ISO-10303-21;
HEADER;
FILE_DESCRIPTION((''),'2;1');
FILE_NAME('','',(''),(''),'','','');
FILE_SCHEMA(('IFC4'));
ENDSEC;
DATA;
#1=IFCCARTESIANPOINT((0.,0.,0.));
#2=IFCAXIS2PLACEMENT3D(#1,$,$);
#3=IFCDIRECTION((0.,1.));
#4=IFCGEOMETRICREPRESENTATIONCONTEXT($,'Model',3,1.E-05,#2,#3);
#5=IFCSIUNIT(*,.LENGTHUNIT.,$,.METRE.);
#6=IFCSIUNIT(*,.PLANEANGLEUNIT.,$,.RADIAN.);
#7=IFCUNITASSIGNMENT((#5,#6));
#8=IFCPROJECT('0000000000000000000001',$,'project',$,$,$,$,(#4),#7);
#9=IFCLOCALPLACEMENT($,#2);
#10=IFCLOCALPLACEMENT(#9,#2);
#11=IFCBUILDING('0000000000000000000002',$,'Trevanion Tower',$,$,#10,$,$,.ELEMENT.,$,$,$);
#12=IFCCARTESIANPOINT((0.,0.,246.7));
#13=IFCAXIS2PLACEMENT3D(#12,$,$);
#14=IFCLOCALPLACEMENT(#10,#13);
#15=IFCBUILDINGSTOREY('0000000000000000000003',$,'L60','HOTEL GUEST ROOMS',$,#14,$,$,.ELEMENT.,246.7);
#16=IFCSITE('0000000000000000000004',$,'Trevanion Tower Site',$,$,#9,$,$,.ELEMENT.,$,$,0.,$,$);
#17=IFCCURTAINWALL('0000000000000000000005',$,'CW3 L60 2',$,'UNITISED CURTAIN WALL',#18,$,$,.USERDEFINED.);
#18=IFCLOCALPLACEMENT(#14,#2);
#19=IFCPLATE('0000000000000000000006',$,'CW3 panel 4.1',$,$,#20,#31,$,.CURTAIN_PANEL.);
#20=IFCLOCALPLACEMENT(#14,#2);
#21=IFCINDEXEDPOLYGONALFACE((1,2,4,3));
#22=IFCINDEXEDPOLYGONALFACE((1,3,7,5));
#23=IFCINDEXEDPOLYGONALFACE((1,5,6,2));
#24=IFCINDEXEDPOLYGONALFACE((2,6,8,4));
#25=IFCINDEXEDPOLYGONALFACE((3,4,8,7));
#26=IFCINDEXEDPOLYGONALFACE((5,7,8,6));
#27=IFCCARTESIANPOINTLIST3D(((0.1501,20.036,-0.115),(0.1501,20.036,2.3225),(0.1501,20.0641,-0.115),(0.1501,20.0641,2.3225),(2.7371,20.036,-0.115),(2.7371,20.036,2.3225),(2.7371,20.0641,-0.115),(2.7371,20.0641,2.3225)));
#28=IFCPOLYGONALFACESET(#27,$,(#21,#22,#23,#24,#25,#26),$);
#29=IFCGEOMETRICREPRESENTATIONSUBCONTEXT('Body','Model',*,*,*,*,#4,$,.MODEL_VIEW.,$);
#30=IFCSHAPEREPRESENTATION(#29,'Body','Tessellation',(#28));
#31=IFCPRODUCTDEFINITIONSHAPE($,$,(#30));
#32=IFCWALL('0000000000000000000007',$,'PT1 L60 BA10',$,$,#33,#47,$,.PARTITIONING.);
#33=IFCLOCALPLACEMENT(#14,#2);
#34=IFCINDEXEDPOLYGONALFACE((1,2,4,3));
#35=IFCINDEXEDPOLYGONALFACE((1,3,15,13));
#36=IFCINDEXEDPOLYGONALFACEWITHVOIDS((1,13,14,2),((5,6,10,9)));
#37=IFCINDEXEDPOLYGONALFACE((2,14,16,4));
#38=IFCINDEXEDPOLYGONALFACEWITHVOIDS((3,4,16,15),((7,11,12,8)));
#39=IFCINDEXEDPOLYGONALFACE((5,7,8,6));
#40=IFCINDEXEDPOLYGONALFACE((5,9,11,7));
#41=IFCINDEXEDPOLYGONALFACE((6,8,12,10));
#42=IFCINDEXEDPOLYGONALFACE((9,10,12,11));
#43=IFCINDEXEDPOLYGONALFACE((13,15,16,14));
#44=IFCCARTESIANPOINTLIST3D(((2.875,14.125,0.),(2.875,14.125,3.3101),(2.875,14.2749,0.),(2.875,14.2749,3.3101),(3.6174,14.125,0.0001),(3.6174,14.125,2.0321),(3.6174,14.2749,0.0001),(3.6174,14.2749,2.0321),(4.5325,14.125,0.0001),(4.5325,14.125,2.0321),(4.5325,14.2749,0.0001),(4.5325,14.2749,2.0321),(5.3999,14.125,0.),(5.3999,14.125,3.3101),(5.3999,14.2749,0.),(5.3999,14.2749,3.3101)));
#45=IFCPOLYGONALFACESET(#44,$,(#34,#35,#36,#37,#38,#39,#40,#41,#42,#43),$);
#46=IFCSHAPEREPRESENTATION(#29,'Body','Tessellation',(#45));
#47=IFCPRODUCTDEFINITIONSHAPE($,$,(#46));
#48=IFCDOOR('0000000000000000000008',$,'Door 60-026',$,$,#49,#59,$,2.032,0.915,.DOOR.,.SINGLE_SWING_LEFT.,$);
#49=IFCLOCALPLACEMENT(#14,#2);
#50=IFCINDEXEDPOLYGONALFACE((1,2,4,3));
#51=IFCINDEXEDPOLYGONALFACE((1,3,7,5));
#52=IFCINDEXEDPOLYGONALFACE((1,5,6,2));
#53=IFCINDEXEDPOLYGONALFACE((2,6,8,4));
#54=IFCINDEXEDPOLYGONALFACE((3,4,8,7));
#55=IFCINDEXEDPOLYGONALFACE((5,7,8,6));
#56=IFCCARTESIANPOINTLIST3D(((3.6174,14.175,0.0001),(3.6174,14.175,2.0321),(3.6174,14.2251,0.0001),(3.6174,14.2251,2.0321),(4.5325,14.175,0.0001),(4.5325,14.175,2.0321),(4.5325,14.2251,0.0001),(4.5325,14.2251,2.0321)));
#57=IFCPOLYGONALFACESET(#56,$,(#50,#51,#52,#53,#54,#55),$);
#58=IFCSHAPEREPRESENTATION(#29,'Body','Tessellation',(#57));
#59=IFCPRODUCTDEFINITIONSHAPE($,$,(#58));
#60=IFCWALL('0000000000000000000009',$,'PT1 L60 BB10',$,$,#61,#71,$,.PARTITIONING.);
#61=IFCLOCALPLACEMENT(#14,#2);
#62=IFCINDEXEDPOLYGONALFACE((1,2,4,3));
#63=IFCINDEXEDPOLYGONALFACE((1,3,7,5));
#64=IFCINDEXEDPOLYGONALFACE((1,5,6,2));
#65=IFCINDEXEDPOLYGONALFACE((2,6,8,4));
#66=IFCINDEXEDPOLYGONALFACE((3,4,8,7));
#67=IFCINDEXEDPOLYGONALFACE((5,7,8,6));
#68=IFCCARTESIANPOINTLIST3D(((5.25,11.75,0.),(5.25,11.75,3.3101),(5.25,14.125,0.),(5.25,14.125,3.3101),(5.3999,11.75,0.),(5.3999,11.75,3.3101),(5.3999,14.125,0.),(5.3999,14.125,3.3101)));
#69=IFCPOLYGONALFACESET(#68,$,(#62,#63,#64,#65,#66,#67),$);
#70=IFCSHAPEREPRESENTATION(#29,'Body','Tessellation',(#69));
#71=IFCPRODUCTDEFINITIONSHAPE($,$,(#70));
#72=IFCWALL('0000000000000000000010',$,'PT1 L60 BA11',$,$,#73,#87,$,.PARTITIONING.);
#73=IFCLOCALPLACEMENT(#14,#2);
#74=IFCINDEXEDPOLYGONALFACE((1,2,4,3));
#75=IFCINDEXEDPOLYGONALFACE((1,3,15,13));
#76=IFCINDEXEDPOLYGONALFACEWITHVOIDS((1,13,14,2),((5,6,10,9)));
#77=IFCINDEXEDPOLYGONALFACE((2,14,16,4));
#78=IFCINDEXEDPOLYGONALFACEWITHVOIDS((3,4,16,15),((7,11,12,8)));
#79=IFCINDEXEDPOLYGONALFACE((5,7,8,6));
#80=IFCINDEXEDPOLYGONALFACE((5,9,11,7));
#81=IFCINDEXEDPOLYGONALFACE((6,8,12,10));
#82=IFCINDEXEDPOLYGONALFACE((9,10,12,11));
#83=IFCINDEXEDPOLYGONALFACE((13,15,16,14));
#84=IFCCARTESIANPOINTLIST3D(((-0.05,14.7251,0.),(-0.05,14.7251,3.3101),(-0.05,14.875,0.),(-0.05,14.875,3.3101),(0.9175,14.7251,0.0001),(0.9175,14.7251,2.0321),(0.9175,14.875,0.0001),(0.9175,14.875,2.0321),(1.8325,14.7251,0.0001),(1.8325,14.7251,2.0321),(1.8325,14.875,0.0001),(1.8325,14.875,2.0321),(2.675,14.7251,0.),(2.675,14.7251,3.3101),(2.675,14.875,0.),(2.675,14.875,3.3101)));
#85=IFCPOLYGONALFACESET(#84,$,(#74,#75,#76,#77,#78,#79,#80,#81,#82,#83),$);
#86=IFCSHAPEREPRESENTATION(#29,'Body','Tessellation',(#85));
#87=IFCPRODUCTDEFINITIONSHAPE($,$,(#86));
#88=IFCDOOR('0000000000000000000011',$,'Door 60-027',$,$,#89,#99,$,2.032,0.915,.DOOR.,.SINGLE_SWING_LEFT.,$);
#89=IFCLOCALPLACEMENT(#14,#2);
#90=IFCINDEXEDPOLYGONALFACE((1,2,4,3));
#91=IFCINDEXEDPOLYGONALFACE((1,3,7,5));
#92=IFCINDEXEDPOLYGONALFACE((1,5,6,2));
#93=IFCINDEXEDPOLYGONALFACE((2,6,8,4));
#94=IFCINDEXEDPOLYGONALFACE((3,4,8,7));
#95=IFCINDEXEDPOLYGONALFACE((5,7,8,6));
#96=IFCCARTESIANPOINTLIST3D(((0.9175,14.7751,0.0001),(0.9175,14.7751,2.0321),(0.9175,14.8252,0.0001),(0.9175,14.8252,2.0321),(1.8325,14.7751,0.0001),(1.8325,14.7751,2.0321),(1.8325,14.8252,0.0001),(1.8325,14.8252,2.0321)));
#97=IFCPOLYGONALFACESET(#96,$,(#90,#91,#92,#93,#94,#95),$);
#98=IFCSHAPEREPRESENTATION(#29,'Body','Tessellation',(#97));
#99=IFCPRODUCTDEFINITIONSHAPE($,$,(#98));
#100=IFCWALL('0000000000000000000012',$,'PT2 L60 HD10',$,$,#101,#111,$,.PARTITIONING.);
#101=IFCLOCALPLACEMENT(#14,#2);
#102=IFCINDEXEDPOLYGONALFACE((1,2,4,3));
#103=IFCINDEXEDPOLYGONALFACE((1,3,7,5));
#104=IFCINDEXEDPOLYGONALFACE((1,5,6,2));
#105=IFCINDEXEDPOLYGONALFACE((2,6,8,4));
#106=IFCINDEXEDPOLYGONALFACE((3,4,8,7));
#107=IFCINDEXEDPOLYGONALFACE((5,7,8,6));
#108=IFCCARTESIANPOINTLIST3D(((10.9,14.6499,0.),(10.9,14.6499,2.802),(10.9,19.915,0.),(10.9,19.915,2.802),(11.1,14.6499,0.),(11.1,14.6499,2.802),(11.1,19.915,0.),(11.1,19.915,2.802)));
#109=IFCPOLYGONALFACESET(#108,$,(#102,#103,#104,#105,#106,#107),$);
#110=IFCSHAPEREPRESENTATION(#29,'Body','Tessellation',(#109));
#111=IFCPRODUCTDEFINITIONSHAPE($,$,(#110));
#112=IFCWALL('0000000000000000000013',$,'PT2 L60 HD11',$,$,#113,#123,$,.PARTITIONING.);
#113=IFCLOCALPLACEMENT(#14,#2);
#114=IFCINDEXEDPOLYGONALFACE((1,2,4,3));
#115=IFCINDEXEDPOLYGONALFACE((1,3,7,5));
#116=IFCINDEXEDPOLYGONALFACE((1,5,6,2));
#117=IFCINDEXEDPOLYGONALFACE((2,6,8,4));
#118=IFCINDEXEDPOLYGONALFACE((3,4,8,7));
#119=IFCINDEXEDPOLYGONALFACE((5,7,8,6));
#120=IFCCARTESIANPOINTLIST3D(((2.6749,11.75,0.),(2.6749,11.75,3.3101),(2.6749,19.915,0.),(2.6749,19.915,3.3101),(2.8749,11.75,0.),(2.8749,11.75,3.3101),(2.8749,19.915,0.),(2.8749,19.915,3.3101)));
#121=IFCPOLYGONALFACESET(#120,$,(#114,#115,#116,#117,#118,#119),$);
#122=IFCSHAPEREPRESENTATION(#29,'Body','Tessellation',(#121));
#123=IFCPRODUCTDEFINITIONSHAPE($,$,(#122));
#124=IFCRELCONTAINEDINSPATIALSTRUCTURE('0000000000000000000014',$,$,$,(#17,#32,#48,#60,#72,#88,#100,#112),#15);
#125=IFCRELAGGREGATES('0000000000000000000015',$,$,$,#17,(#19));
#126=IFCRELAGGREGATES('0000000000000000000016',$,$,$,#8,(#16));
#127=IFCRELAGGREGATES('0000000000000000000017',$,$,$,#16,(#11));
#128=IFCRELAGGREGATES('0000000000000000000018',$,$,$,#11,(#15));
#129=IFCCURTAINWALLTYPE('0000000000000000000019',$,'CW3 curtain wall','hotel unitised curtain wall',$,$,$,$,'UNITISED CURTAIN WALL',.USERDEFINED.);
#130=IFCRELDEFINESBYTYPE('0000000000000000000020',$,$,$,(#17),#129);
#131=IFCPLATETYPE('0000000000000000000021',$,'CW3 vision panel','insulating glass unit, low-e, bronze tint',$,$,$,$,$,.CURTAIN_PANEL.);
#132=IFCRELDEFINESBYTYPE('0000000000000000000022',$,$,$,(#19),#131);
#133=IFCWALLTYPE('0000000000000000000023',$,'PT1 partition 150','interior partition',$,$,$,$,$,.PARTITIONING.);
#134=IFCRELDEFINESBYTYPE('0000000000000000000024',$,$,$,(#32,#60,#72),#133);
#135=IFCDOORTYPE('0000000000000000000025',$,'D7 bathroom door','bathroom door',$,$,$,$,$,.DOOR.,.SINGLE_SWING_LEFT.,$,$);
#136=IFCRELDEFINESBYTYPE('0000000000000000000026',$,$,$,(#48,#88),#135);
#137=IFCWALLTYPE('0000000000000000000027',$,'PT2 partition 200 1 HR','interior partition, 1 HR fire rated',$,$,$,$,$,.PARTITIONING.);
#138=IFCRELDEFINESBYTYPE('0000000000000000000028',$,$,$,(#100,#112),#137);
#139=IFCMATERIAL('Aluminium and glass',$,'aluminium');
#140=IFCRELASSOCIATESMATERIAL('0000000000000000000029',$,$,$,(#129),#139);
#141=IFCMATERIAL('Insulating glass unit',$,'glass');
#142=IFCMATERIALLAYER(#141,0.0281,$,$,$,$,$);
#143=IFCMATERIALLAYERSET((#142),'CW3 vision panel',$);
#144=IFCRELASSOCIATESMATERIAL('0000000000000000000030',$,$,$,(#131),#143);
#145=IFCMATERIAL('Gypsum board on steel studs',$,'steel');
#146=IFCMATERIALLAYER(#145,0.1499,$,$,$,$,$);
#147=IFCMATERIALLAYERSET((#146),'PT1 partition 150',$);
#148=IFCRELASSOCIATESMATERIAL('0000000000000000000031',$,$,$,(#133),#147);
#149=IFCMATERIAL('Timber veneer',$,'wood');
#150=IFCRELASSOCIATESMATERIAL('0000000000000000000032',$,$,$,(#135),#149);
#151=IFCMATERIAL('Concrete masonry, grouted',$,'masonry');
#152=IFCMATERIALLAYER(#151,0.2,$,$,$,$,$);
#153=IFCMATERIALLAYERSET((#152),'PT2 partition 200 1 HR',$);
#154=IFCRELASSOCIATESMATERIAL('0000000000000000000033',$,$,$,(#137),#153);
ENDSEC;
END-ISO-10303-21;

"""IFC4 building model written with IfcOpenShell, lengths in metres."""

from ifc_helpers import new_model, si_unit, direction, frame, frame_2d, origin, origin_2d, place, context, subcontext, project, spatial, rectangle, extrude, material, layer, layer_set, type_object, element, fill, aggregate, save


model = new_model("IFC4")

# Units and contexts
model_context = context("Model", 3, precision=1e-05, world=origin(), true_north=direction((0.0, 1.0)))
body_context = subcontext(model_context, "Body", "Model", "MODEL_VIEW")
ifc_project = project(units=[si_unit("LENGTHUNIT", "METRE"), si_unit("PLANEANGLEUNIT", "RADIAN")], contexts=[model_context])

# Site, building, storey
site_placement = place(None, origin())
site = spatial("IfcSite", under=ifc_project, at=site_placement, Name="Trevanion Tower Site", CompositionType="ELEMENT", RefElevation=0.0)
building_placement = place(site_placement, origin())
building = spatial("IfcBuilding", under=site, at=building_placement, Name="Trevanion Tower", CompositionType="ELEMENT")
storey_placement = place(building_placement, frame((0.0, 0.0, 246.7)))
storey = spatial("IfcBuildingStorey", under=building, at=storey_placement, Name="L60", Description="HOTEL GUEST ROOMS", CompositionType="ELEMENT", Elevation=246.7)

# Curtain wall
ifc_material_1 = material(Name="Aluminium and glass", Category="aluminium")
curtain_wall_type = type_object("IfcCurtainWallType", Name="CW3 curtain wall", Description="hotel unitised curtain wall", ElementType="UNITISED CURTAIN WALL", PredefinedType="USERDEFINED", material=ifc_material_1)
curtain_wall_placement = place(storey_placement, origin())
curtain_wall = element("IfcCurtainWall", 1, at=curtain_wall_placement, inside=storey, type_object=curtain_wall_type, Name="CW3 L60 2", ObjectType="UNITISED CURTAIN WALL", PredefinedType="USERDEFINED")

# Plate
ifc_material_2 = material(Name="Insulating glass unit", Category="glass")
ifc_layer_1 = layer(ifc_material_2, 0.0281)
ifc_layer_set_1 = layer_set([ifc_layer_1], Name="CW3 vision panel")
plate_type_1 = type_object("IfcPlateType", Name="CW3 vision panel", Description="insulating glass unit, low-e, bronze tint", PredefinedType="CURTAIN_PANEL", material=ifc_layer_set_1)
plate_1_placement = place(storey_placement, frame((1.4436, 20.05, -0.115), z_axis=(0.0, 0.0, 1.0), x_axis=(-1.0, 0.0, 0.0)))
plate_1 = element("IfcPlate", 2, at=plate_1_placement, type_object=plate_type_1, Name="CW3 panel 4.1", PredefinedType="CURTAIN_PANEL", context=body_context, shape_type="SweptSolid", body=[
    extrude(rectangle(XDim=2.5869, YDim=0.0281, at=origin_2d()), origin(), (0.0, 0.0, 1.0), 2.4375),
])
aggregate(curtain_wall, [plate_1])

# Wall, opening, door
ifc_material_3 = material(Name="Gypsum board on steel studs", Category="steel")
ifc_layer_2 = layer(ifc_material_3, 0.1499)
ifc_layer_set_2 = layer_set([ifc_layer_2], Name="PT1 partition 150")
wall_type_1 = type_object("IfcWallType", Name="PT1 partition 150", Description="interior partition", PredefinedType="PARTITIONING", material=ifc_layer_set_2)
wall_1_placement = place(storey_placement, frame((5.3999, 14.2, 0.0), z_axis=(0.0, 0.0, 1.0), x_axis=(-1.0, 0.0, 0.0)))
wall_1 = element("IfcWall", 3, at=wall_1_placement, inside=storey, type_object=wall_type_1, Name="PT1 L60 BA10", PredefinedType="PARTITIONING", context=body_context, shape_type="SweptSolid", body=[
    extrude(rectangle(XDim=2.5249, YDim=0.1499, at=frame_2d((1.2625, 0.0))), origin(), (0.0, 0.0, 1.0), 3.3101),
])
opening_1_placement = place(wall_1_placement, frame((0.8674, 0.0, 0.0)))
opening_1 = element("IfcOpeningElement", 4, at=opening_1_placement, cuts=wall_1, PredefinedType="OPENING", context=body_context, shape_type="SweptSolid", body=[
    extrude(rectangle(XDim=0.915, YDim=2.032, at=frame_2d((0.4575, 1.0161))), frame((0.0, 0.085, 0.0), z_axis=(0.0, -1.0, 0.0), x_axis=(1.0, 0.0, 0.0)), (0.0, 0.0, 1.0), 0.1699),
])
ifc_material_4 = material(Name="Timber veneer", Category="wood")
door_type = type_object("IfcDoorType", Name="D7 bathroom door", Description="bathroom door", OperationType="SINGLE_SWING_LEFT", PredefinedType="DOOR", material=ifc_material_4)
door_1_placement = place(opening_1_placement, origin())
door_1 = element("IfcDoor", 5, at=door_1_placement, inside=storey, type_object=door_type, Name="Door 60-026", OperationType="SINGLE_SWING_LEFT", OverallHeight=2.032, OverallWidth=0.915, PredefinedType="DOOR", context=body_context, shape_type="SweptSolid", body=[
    extrude(rectangle(XDim=0.915, YDim=2.032, at=frame_2d((0.4575, 1.0161))), frame((0.0, 0.0249, 0.0), z_axis=(0.0, -1.0, 0.0), x_axis=(1.0, 0.0, 0.0)), (0.0, 0.0, 1.0), 0.05),
])
fill(opening_1, door_1)

# Wall
wall_2_placement = place(storey_placement, frame((5.325, 11.75, 0.0), z_axis=(0.0, 0.0, 1.0), x_axis=(0.0, 1.0, 0.0)))
element("IfcWall", 6, at=wall_2_placement, inside=storey, type_object=wall_type_1, Name="PT1 L60 BB10", PredefinedType="PARTITIONING", context=body_context, shape_type="SweptSolid", body=[
    extrude(rectangle(XDim=2.375, YDim=0.1499, at=frame_2d((1.1875, 0.0))), origin(), (0.0, 0.0, 1.0), 3.3101),
])

# Wall, opening, door
wall_3_placement = place(storey_placement, frame((2.675, 14.8, 0.0), z_axis=(0.0, 0.0, 1.0), x_axis=(-1.0, 0.0, 0.0)))
wall_3 = element("IfcWall", 7, at=wall_3_placement, inside=storey, type_object=wall_type_1, Name="PT1 L60 BA11", PredefinedType="PARTITIONING", context=body_context, shape_type="SweptSolid", body=[
    extrude(rectangle(XDim=2.7251, YDim=0.1499, at=frame_2d((1.3625, 0.0))), origin(), (0.0, 0.0, 1.0), 3.3101),
])
opening_2_placement = place(wall_3_placement, frame((0.8425, 0.0, 0.0)))
opening_2 = element("IfcOpeningElement", 8, at=opening_2_placement, cuts=wall_3, PredefinedType="OPENING", context=body_context, shape_type="SweptSolid", body=[
    extrude(rectangle(XDim=0.915, YDim=2.032, at=frame_2d((0.4575, 1.0161))), frame((0.0, 0.085, 0.0), z_axis=(0.0, -1.0, 0.0), x_axis=(1.0, 0.0, 0.0)), (0.0, 0.0, 1.0), 0.1699),
])
door_2_placement = place(opening_2_placement, origin())
door_2 = element("IfcDoor", 9, at=door_2_placement, inside=storey, type_object=door_type, Name="Door 60-027", OperationType="SINGLE_SWING_LEFT", OverallHeight=2.032, OverallWidth=0.915, PredefinedType="DOOR", context=body_context, shape_type="SweptSolid", body=[
    extrude(rectangle(XDim=0.915, YDim=2.032, at=frame_2d((0.4575, 1.0161))), frame((0.0, 0.0249, 0.0), z_axis=(0.0, -1.0, 0.0), x_axis=(1.0, 0.0, 0.0)), (0.0, 0.0, 1.0), 0.05),
])
fill(opening_2, door_2)

# Walls
ifc_material_5 = material(Name="Concrete masonry, grouted", Category="masonry")
ifc_layer_3 = layer(ifc_material_5, 0.2)
ifc_layer_set_3 = layer_set([ifc_layer_3], Name="PT2 partition 200 1 HR")
wall_type_2 = type_object("IfcWallType", Name="PT2 partition 200 1 HR", Description="interior partition, 1 HR fire rated", PredefinedType="PARTITIONING", material=ifc_layer_set_3)
wall_4_placement = place(storey_placement, frame((11.0, 14.6499, 0.0), z_axis=(0.0, 0.0, 1.0), x_axis=(0.0, 1.0, 0.0)))
element("IfcWall", 10, at=wall_4_placement, inside=storey, type_object=wall_type_2, Name="PT2 L60 HD10", PredefinedType="PARTITIONING", context=body_context, shape_type="SweptSolid", body=[
    extrude(rectangle(XDim=5.2651, YDim=0.2, at=frame_2d((2.6326, 0.0))), origin(), (0.0, 0.0, 1.0), 2.802),
])
wall_5_placement = place(storey_placement, frame((2.7749, 11.75, 0.0), z_axis=(0.0, 0.0, 1.0), x_axis=(0.0, 1.0, 0.0)))
element("IfcWall", 11, at=wall_5_placement, inside=storey, type_object=wall_type_2, Name="PT2 L60 HD11", PredefinedType="PARTITIONING", context=body_context, shape_type="SweptSolid", body=[
    extrude(rectangle(XDim=8.165, YDim=0.2, at=frame_2d((4.0825, 0.0))), origin(), (0.0, 0.0, 1.0), 3.3101),
])

save(model, "model.ifc")
